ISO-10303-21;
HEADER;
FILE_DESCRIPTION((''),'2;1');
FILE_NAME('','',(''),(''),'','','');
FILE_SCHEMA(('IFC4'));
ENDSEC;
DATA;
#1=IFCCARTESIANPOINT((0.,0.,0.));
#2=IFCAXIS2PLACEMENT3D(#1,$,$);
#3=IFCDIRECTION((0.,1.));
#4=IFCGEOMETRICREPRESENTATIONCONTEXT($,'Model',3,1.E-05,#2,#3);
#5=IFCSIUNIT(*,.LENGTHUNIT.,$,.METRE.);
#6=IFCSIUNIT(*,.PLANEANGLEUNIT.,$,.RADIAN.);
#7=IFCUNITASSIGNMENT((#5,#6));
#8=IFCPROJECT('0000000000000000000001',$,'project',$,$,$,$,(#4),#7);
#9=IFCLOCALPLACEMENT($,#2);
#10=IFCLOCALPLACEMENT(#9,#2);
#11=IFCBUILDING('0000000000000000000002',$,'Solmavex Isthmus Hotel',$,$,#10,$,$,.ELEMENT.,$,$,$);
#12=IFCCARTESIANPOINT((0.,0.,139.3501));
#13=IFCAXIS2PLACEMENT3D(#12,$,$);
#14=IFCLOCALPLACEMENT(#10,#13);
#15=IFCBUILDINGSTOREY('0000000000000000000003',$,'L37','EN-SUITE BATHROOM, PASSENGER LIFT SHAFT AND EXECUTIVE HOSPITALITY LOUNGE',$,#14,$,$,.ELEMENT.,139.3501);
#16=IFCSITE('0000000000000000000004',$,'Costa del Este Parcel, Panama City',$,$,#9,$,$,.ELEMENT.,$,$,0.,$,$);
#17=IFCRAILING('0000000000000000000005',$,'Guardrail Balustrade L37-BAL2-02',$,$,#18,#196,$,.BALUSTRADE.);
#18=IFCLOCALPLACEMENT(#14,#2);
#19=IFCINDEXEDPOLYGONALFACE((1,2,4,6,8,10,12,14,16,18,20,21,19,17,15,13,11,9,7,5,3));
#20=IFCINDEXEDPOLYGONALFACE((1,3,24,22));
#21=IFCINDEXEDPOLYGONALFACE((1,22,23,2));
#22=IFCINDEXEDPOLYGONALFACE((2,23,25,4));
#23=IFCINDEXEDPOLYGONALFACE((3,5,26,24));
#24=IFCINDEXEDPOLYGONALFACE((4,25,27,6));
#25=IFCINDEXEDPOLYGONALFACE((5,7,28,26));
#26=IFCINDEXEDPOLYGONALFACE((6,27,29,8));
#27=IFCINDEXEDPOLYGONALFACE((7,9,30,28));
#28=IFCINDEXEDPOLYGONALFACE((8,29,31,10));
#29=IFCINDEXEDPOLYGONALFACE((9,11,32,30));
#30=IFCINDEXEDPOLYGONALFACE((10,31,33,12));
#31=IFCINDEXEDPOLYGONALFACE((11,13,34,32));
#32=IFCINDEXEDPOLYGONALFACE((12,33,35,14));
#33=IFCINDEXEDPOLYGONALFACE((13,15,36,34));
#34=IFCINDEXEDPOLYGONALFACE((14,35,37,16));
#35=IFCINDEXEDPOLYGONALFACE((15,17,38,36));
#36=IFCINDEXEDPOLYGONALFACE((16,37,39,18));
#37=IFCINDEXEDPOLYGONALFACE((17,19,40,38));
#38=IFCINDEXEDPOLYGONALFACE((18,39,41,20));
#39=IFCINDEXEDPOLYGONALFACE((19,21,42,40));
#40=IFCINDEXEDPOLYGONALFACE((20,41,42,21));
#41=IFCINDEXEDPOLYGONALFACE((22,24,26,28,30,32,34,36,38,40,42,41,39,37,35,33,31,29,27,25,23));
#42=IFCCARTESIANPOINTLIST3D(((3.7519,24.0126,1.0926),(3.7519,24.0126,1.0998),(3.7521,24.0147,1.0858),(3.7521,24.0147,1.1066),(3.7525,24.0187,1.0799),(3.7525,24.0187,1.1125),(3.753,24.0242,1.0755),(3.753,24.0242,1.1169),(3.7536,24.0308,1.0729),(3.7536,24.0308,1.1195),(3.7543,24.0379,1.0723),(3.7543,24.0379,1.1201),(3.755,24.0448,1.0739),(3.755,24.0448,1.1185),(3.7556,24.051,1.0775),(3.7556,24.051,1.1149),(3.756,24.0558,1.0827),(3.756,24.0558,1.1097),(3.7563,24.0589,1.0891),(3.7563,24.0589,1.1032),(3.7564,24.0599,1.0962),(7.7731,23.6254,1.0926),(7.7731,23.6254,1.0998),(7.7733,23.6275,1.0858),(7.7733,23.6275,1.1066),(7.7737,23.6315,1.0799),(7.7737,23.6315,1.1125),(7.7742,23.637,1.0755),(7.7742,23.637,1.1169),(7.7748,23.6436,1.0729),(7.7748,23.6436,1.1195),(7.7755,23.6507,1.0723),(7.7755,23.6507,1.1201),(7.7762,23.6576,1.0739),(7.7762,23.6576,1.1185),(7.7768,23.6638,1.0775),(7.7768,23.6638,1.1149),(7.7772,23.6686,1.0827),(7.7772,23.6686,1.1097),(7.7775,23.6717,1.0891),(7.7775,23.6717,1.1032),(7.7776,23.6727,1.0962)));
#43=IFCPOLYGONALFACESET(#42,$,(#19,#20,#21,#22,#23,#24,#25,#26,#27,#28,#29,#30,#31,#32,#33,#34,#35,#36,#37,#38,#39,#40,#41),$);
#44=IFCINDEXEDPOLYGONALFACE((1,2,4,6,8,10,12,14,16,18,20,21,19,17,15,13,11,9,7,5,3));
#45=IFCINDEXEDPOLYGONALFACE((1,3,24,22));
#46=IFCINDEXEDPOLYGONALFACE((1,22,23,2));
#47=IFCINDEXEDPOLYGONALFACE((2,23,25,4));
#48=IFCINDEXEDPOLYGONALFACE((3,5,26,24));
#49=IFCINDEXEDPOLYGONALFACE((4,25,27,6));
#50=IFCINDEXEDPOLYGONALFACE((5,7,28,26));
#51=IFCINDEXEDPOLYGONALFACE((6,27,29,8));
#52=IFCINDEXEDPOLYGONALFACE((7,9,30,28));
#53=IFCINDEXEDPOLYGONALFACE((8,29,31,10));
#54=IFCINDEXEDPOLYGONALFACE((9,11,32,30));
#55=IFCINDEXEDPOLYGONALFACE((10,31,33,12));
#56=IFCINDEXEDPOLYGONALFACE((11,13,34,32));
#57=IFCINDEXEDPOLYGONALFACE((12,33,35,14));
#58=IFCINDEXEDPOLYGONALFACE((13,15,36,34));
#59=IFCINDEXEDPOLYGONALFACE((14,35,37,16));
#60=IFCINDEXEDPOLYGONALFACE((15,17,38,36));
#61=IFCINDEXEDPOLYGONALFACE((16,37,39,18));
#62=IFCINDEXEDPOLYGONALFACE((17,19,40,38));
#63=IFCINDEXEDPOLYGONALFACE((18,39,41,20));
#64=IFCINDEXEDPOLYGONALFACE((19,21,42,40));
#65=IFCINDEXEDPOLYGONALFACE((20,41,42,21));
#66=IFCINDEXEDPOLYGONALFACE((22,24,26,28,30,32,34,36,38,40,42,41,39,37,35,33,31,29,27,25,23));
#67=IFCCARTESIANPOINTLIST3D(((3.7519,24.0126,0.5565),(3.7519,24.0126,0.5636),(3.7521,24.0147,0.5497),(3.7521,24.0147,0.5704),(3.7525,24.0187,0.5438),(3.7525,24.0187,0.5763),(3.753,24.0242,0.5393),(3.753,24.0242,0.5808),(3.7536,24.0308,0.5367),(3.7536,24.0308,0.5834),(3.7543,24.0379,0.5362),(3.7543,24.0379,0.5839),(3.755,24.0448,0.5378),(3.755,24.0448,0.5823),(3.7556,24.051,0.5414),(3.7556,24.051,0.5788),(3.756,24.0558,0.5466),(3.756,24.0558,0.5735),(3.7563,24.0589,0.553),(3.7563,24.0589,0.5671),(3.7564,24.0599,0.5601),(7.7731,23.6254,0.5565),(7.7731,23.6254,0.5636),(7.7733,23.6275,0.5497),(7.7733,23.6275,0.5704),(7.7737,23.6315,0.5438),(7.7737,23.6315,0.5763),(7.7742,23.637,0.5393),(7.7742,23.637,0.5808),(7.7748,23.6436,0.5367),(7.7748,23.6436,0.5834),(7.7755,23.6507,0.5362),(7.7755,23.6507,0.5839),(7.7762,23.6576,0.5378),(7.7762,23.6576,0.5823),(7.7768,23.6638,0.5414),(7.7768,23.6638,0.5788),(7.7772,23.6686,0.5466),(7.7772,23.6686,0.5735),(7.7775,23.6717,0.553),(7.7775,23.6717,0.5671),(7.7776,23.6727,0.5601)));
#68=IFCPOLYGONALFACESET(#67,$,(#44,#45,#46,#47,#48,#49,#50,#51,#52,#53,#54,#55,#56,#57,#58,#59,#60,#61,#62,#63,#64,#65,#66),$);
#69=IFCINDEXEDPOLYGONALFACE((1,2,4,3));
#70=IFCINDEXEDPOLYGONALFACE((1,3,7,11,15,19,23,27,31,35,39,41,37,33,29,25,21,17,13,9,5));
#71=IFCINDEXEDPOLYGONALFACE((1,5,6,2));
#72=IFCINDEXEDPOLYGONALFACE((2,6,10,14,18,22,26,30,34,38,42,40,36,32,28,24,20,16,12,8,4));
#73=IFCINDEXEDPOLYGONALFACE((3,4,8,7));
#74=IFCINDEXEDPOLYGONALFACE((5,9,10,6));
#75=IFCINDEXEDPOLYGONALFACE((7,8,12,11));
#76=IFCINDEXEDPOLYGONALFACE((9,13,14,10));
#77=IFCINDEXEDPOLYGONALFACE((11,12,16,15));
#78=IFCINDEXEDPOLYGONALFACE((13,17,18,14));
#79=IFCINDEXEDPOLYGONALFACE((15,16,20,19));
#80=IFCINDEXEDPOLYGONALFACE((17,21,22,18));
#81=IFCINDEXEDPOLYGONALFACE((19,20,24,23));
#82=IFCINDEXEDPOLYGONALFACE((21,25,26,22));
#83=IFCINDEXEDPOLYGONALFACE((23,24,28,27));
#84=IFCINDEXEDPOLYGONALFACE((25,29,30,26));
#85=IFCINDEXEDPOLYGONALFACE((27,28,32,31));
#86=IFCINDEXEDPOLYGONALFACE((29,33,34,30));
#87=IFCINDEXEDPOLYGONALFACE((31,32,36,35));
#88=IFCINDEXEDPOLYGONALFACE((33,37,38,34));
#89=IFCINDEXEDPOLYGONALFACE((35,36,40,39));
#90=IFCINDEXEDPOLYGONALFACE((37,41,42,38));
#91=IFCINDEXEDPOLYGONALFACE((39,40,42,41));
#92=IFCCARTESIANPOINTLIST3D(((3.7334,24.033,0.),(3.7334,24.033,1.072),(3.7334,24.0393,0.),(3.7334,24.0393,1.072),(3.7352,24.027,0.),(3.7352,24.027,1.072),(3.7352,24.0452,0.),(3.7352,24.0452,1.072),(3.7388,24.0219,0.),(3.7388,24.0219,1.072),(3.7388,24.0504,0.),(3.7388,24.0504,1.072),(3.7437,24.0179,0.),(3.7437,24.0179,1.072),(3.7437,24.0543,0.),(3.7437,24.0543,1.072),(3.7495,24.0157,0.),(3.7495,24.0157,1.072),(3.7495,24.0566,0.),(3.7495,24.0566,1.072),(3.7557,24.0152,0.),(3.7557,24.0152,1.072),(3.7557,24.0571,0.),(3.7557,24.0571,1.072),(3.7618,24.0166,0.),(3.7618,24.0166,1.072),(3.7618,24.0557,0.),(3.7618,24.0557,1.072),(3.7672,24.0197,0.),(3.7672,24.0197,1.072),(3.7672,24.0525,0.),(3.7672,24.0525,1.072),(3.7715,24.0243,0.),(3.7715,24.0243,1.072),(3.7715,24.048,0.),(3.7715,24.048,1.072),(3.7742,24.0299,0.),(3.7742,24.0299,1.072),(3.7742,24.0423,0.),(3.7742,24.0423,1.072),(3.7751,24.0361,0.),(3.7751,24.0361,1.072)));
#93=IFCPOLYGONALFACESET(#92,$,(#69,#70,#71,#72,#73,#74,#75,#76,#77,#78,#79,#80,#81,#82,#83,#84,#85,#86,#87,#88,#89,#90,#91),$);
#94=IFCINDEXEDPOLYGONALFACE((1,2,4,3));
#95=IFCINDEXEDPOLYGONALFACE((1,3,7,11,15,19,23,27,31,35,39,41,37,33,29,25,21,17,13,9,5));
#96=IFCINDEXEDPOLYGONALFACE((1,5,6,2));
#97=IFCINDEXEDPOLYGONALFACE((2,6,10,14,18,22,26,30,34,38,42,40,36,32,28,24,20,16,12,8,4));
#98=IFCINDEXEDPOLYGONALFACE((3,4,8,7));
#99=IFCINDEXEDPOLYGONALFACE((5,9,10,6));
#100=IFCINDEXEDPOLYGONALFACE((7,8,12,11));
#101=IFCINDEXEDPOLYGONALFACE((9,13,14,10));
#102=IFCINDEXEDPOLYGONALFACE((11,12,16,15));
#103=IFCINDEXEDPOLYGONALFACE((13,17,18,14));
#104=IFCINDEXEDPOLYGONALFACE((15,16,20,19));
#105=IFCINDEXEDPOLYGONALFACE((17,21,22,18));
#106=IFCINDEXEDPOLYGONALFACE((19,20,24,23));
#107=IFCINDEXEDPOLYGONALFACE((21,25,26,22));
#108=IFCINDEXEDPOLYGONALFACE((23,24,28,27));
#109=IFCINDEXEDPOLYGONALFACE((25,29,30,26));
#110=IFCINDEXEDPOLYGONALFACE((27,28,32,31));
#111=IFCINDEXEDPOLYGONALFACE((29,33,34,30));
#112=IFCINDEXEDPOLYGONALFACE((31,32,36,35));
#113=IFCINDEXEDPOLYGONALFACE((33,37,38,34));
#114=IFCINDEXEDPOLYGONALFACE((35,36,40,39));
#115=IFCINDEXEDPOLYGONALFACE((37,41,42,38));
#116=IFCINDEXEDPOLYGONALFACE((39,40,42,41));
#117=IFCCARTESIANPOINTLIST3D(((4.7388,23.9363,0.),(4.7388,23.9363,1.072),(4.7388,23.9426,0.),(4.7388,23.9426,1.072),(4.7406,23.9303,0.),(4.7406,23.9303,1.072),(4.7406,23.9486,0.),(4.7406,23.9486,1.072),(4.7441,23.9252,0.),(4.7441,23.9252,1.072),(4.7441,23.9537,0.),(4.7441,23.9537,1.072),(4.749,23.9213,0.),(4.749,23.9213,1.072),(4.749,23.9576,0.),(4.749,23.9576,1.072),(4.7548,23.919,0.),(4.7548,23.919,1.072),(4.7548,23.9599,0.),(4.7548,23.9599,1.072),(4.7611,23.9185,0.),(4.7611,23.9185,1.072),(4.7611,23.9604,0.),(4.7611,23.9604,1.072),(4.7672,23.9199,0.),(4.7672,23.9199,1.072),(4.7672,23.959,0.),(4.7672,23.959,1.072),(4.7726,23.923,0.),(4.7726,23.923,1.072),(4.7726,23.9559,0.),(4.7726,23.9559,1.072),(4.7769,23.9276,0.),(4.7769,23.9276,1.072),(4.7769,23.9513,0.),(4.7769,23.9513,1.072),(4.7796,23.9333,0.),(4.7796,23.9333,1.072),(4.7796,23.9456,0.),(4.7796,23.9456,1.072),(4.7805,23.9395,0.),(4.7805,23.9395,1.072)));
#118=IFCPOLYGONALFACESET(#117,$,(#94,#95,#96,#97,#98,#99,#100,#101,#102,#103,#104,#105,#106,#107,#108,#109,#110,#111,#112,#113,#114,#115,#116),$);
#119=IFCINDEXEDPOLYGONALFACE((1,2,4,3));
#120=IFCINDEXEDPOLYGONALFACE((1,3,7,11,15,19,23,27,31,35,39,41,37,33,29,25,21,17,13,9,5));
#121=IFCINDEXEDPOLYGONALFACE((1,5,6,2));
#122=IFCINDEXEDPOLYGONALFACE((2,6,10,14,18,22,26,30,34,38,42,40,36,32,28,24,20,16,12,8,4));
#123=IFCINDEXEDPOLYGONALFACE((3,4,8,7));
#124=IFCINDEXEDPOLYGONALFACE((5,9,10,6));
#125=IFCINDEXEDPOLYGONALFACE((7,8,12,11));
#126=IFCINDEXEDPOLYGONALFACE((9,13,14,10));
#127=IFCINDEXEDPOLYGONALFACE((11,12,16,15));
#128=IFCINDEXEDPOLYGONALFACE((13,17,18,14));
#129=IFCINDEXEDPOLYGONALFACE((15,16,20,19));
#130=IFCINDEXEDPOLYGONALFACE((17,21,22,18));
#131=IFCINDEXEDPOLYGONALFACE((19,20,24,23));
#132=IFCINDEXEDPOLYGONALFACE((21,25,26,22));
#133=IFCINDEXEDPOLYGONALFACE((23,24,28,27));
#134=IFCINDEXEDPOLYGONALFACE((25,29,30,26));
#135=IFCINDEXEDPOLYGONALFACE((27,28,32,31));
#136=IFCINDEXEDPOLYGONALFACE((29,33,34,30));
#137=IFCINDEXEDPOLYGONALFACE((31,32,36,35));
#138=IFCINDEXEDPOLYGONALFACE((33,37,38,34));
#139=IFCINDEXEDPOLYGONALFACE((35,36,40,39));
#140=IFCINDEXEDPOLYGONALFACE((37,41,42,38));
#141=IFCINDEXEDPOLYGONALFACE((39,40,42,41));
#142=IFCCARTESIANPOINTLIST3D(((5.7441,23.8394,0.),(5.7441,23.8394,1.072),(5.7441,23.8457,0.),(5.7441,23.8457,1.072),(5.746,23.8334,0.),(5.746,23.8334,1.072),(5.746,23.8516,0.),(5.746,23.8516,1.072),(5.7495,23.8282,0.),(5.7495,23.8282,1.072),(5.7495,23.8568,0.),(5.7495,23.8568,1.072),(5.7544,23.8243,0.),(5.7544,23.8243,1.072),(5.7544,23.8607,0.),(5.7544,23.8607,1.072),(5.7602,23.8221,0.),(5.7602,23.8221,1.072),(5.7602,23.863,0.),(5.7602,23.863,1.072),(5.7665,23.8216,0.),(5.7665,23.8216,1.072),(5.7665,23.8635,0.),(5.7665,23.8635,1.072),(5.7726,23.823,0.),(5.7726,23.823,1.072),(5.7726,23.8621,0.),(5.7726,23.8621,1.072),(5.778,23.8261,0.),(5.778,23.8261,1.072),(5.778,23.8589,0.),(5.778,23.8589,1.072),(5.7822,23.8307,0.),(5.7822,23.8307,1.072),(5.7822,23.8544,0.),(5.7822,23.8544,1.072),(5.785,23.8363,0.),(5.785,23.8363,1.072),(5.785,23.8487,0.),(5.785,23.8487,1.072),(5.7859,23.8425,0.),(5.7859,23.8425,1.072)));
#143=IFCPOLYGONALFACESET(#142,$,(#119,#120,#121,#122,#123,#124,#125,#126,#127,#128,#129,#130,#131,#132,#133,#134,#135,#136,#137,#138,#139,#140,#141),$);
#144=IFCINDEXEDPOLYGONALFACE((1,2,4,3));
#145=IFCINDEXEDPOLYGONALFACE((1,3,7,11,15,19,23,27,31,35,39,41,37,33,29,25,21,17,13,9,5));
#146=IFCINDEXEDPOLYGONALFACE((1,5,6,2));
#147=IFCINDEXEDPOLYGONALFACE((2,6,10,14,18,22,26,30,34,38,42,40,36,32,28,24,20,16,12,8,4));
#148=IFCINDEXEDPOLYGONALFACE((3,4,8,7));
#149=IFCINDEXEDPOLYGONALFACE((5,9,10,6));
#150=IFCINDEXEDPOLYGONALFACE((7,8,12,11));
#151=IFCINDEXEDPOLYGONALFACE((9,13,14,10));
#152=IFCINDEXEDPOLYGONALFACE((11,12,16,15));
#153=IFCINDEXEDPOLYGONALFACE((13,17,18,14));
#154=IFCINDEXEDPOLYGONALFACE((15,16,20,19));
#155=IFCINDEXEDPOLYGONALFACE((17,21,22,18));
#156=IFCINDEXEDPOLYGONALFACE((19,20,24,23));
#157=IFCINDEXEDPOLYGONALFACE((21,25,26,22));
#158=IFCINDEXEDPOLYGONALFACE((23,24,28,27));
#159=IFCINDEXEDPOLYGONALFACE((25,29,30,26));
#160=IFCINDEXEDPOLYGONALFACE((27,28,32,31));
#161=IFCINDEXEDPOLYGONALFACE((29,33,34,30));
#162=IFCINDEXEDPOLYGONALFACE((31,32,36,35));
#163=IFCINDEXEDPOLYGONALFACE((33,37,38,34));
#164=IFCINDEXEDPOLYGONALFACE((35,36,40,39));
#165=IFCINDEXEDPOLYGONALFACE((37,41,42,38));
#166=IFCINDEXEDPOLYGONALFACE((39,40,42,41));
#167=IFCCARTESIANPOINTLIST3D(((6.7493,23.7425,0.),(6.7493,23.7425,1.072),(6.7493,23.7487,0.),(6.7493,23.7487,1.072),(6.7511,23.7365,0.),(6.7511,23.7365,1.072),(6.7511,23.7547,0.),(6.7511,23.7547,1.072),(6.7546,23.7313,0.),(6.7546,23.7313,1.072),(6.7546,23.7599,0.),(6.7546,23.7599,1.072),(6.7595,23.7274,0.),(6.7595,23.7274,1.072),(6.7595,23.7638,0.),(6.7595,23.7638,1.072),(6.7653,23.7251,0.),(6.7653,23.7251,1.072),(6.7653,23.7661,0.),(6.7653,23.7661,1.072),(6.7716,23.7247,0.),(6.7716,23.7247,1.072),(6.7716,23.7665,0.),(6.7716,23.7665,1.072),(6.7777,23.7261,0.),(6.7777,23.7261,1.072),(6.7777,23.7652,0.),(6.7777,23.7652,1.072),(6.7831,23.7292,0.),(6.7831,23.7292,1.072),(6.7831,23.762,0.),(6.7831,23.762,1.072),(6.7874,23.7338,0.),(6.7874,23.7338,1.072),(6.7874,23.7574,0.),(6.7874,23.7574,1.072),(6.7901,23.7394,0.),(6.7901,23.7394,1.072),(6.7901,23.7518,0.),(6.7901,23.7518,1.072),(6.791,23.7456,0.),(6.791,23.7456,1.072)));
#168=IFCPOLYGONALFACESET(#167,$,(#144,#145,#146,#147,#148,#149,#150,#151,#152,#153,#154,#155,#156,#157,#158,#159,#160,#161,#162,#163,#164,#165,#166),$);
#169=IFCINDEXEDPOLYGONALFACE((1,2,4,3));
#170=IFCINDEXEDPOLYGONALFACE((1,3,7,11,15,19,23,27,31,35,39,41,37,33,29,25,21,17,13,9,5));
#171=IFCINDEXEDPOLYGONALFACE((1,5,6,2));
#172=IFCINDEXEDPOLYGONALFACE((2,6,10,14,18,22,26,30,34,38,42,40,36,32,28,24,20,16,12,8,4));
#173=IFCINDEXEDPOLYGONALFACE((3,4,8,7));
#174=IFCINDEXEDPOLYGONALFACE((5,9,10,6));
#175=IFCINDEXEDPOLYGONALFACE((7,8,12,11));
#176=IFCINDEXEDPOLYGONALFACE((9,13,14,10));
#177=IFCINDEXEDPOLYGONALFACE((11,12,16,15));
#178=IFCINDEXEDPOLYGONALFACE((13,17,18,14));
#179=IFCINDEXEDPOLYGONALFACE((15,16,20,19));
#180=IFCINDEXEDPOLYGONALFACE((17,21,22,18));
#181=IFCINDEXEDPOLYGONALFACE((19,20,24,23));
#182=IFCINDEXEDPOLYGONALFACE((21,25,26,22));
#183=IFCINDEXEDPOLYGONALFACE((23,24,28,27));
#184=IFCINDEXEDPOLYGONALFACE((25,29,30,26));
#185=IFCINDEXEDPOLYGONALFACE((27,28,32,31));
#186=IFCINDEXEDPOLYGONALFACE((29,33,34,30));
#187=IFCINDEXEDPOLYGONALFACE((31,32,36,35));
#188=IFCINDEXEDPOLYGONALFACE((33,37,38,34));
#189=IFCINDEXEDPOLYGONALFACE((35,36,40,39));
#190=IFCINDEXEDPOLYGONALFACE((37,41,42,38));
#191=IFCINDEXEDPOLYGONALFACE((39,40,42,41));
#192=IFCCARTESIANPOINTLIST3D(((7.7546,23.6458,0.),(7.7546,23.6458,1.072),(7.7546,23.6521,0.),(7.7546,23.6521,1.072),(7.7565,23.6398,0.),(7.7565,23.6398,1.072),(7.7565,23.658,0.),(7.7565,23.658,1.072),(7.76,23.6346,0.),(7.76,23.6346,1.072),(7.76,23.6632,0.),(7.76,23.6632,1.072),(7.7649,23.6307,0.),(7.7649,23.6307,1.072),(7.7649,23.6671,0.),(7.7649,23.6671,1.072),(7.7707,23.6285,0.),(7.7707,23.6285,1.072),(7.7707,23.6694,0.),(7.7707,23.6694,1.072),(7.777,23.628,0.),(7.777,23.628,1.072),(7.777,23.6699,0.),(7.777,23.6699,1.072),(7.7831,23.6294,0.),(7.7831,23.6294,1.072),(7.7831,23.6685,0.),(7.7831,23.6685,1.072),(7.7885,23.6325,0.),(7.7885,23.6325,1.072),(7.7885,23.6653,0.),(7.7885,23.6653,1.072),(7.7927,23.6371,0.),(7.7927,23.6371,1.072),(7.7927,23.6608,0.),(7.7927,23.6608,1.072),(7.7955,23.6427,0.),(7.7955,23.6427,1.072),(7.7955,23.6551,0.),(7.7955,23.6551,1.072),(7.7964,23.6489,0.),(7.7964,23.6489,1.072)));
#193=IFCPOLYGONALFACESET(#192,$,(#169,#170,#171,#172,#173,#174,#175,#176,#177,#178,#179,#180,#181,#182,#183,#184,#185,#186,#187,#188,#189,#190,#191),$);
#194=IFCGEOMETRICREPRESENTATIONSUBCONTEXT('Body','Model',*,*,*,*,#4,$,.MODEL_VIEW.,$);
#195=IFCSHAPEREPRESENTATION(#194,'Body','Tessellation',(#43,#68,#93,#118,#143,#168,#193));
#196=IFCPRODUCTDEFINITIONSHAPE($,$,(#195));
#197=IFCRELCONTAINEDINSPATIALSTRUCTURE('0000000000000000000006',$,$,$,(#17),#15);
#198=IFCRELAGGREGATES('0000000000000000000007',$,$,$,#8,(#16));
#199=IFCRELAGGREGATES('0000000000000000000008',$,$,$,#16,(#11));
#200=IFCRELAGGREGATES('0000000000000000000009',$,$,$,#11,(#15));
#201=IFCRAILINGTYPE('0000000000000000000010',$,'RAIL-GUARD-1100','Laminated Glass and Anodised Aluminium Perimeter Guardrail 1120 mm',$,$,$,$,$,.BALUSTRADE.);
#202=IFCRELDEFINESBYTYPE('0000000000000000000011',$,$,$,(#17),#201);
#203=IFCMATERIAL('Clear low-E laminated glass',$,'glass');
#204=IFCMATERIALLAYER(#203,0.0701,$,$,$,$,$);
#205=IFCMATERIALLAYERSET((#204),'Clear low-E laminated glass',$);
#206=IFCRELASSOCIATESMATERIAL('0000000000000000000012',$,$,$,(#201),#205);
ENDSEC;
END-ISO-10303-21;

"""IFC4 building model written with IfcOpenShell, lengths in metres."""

from ifc_helpers import new_model, si_unit, direction, frame, origin, origin_2d, place, context, subcontext, project, spatial, circle, extrude, material, layer, layer_set, type_object, element, save


model = new_model("IFC4")

# Units and contexts
model_context = context("Model", 3, precision=1e-05, world=origin(), true_north=direction((0.0, 1.0)))
body_context = subcontext(model_context, "Body", "Model", "MODEL_VIEW")
ifc_project = project(units=[si_unit("LENGTHUNIT", "METRE"), si_unit("PLANEANGLEUNIT", "RADIAN")], contexts=[model_context])

# Site, building, storey
site_placement = place(None, origin())
site = spatial("IfcSite", under=ifc_project, at=site_placement, Name="Costa del Este Parcel, Panama City", CompositionType="ELEMENT", RefElevation=0.0)
building_placement = place(site_placement, origin())
building = spatial("IfcBuilding", under=site, at=building_placement, Name="Solmavex Isthmus Hotel", CompositionType="ELEMENT")
storey_placement = place(building_placement, frame((0.0, 0.0, 139.3501)))
storey = spatial("IfcBuildingStorey", under=building, at=storey_placement, Name="L37", Description="EN-SUITE BATHROOM, PASSENGER LIFT SHAFT AND EXECUTIVE HOSPITALITY LOUNGE", CompositionType="ELEMENT", Elevation=139.3501)

# Shared definitions
ifc_material_1 = material(Name="Clear low-E laminated glass", Category="glass")

# Railing
ifc_layer_1 = layer(ifc_material_1, 0.0701)
ifc_layer_set_1 = layer_set([ifc_layer_1], Name="Clear low-E laminated glass")
railing_type = type_object("IfcRailingType", Name="RAIL-GUARD-1100", Description="Laminated Glass and Anodised Aluminium Perimeter Guardrail 1120 mm", PredefinedType="BALUSTRADE", material=ifc_layer_set_1)
railing_1_placement = place(storey_placement, frame((3.7542, 24.0361, 0.0)))
element("IfcRailing", 1, at=railing_1_placement, inside=storey, type_object=railing_type, Name="Guardrail Balustrade L37-BAL2-02", PredefinedType="BALUSTRADE", context=body_context, shape_type="SweptSolid", body=[
    extrude(circle(Radius=0.0239, at=origin_2d()), frame((0.0, 0.0, 1.0962), z_axis=(0.995396, -0.095847, 0.0), x_axis=(0.095847, 0.995396, 0.0)), (0.0, 0.0, 1.0), 4.0398),
    extrude(circle(Radius=0.0239, at=origin_2d()), frame((0.0, 0.0, 0.5601), z_axis=(0.995396, -0.095847, 0.0), x_axis=(0.095847, 0.995396, 0.0)), (0.0, 0.0, 1.0), 4.0398),
    extrude(circle(Radius=0.021, at=origin_2d()), origin(), (0.0, 0.0, 1.0), 1.072),
    extrude(circle(Radius=0.021, at=origin_2d()), frame((1.0054, -0.0967, 0.0)), (0.0, 0.0, 1.0), 1.072),
    extrude(circle(Radius=0.021, at=origin_2d()), frame((2.0107, -0.1936, 0.0)), (0.0, 0.0, 1.0), 1.072),
    extrude(circle(Radius=0.021, at=origin_2d()), frame((3.0159, -0.2905, 0.0)), (0.0, 0.0, 1.0), 1.072),
    extrude(circle(Radius=0.021, at=origin_2d()), frame((4.0212, -0.3872, 0.0)), (0.0, 0.0, 1.0), 1.072),
])

save(model, "model.ifc")
